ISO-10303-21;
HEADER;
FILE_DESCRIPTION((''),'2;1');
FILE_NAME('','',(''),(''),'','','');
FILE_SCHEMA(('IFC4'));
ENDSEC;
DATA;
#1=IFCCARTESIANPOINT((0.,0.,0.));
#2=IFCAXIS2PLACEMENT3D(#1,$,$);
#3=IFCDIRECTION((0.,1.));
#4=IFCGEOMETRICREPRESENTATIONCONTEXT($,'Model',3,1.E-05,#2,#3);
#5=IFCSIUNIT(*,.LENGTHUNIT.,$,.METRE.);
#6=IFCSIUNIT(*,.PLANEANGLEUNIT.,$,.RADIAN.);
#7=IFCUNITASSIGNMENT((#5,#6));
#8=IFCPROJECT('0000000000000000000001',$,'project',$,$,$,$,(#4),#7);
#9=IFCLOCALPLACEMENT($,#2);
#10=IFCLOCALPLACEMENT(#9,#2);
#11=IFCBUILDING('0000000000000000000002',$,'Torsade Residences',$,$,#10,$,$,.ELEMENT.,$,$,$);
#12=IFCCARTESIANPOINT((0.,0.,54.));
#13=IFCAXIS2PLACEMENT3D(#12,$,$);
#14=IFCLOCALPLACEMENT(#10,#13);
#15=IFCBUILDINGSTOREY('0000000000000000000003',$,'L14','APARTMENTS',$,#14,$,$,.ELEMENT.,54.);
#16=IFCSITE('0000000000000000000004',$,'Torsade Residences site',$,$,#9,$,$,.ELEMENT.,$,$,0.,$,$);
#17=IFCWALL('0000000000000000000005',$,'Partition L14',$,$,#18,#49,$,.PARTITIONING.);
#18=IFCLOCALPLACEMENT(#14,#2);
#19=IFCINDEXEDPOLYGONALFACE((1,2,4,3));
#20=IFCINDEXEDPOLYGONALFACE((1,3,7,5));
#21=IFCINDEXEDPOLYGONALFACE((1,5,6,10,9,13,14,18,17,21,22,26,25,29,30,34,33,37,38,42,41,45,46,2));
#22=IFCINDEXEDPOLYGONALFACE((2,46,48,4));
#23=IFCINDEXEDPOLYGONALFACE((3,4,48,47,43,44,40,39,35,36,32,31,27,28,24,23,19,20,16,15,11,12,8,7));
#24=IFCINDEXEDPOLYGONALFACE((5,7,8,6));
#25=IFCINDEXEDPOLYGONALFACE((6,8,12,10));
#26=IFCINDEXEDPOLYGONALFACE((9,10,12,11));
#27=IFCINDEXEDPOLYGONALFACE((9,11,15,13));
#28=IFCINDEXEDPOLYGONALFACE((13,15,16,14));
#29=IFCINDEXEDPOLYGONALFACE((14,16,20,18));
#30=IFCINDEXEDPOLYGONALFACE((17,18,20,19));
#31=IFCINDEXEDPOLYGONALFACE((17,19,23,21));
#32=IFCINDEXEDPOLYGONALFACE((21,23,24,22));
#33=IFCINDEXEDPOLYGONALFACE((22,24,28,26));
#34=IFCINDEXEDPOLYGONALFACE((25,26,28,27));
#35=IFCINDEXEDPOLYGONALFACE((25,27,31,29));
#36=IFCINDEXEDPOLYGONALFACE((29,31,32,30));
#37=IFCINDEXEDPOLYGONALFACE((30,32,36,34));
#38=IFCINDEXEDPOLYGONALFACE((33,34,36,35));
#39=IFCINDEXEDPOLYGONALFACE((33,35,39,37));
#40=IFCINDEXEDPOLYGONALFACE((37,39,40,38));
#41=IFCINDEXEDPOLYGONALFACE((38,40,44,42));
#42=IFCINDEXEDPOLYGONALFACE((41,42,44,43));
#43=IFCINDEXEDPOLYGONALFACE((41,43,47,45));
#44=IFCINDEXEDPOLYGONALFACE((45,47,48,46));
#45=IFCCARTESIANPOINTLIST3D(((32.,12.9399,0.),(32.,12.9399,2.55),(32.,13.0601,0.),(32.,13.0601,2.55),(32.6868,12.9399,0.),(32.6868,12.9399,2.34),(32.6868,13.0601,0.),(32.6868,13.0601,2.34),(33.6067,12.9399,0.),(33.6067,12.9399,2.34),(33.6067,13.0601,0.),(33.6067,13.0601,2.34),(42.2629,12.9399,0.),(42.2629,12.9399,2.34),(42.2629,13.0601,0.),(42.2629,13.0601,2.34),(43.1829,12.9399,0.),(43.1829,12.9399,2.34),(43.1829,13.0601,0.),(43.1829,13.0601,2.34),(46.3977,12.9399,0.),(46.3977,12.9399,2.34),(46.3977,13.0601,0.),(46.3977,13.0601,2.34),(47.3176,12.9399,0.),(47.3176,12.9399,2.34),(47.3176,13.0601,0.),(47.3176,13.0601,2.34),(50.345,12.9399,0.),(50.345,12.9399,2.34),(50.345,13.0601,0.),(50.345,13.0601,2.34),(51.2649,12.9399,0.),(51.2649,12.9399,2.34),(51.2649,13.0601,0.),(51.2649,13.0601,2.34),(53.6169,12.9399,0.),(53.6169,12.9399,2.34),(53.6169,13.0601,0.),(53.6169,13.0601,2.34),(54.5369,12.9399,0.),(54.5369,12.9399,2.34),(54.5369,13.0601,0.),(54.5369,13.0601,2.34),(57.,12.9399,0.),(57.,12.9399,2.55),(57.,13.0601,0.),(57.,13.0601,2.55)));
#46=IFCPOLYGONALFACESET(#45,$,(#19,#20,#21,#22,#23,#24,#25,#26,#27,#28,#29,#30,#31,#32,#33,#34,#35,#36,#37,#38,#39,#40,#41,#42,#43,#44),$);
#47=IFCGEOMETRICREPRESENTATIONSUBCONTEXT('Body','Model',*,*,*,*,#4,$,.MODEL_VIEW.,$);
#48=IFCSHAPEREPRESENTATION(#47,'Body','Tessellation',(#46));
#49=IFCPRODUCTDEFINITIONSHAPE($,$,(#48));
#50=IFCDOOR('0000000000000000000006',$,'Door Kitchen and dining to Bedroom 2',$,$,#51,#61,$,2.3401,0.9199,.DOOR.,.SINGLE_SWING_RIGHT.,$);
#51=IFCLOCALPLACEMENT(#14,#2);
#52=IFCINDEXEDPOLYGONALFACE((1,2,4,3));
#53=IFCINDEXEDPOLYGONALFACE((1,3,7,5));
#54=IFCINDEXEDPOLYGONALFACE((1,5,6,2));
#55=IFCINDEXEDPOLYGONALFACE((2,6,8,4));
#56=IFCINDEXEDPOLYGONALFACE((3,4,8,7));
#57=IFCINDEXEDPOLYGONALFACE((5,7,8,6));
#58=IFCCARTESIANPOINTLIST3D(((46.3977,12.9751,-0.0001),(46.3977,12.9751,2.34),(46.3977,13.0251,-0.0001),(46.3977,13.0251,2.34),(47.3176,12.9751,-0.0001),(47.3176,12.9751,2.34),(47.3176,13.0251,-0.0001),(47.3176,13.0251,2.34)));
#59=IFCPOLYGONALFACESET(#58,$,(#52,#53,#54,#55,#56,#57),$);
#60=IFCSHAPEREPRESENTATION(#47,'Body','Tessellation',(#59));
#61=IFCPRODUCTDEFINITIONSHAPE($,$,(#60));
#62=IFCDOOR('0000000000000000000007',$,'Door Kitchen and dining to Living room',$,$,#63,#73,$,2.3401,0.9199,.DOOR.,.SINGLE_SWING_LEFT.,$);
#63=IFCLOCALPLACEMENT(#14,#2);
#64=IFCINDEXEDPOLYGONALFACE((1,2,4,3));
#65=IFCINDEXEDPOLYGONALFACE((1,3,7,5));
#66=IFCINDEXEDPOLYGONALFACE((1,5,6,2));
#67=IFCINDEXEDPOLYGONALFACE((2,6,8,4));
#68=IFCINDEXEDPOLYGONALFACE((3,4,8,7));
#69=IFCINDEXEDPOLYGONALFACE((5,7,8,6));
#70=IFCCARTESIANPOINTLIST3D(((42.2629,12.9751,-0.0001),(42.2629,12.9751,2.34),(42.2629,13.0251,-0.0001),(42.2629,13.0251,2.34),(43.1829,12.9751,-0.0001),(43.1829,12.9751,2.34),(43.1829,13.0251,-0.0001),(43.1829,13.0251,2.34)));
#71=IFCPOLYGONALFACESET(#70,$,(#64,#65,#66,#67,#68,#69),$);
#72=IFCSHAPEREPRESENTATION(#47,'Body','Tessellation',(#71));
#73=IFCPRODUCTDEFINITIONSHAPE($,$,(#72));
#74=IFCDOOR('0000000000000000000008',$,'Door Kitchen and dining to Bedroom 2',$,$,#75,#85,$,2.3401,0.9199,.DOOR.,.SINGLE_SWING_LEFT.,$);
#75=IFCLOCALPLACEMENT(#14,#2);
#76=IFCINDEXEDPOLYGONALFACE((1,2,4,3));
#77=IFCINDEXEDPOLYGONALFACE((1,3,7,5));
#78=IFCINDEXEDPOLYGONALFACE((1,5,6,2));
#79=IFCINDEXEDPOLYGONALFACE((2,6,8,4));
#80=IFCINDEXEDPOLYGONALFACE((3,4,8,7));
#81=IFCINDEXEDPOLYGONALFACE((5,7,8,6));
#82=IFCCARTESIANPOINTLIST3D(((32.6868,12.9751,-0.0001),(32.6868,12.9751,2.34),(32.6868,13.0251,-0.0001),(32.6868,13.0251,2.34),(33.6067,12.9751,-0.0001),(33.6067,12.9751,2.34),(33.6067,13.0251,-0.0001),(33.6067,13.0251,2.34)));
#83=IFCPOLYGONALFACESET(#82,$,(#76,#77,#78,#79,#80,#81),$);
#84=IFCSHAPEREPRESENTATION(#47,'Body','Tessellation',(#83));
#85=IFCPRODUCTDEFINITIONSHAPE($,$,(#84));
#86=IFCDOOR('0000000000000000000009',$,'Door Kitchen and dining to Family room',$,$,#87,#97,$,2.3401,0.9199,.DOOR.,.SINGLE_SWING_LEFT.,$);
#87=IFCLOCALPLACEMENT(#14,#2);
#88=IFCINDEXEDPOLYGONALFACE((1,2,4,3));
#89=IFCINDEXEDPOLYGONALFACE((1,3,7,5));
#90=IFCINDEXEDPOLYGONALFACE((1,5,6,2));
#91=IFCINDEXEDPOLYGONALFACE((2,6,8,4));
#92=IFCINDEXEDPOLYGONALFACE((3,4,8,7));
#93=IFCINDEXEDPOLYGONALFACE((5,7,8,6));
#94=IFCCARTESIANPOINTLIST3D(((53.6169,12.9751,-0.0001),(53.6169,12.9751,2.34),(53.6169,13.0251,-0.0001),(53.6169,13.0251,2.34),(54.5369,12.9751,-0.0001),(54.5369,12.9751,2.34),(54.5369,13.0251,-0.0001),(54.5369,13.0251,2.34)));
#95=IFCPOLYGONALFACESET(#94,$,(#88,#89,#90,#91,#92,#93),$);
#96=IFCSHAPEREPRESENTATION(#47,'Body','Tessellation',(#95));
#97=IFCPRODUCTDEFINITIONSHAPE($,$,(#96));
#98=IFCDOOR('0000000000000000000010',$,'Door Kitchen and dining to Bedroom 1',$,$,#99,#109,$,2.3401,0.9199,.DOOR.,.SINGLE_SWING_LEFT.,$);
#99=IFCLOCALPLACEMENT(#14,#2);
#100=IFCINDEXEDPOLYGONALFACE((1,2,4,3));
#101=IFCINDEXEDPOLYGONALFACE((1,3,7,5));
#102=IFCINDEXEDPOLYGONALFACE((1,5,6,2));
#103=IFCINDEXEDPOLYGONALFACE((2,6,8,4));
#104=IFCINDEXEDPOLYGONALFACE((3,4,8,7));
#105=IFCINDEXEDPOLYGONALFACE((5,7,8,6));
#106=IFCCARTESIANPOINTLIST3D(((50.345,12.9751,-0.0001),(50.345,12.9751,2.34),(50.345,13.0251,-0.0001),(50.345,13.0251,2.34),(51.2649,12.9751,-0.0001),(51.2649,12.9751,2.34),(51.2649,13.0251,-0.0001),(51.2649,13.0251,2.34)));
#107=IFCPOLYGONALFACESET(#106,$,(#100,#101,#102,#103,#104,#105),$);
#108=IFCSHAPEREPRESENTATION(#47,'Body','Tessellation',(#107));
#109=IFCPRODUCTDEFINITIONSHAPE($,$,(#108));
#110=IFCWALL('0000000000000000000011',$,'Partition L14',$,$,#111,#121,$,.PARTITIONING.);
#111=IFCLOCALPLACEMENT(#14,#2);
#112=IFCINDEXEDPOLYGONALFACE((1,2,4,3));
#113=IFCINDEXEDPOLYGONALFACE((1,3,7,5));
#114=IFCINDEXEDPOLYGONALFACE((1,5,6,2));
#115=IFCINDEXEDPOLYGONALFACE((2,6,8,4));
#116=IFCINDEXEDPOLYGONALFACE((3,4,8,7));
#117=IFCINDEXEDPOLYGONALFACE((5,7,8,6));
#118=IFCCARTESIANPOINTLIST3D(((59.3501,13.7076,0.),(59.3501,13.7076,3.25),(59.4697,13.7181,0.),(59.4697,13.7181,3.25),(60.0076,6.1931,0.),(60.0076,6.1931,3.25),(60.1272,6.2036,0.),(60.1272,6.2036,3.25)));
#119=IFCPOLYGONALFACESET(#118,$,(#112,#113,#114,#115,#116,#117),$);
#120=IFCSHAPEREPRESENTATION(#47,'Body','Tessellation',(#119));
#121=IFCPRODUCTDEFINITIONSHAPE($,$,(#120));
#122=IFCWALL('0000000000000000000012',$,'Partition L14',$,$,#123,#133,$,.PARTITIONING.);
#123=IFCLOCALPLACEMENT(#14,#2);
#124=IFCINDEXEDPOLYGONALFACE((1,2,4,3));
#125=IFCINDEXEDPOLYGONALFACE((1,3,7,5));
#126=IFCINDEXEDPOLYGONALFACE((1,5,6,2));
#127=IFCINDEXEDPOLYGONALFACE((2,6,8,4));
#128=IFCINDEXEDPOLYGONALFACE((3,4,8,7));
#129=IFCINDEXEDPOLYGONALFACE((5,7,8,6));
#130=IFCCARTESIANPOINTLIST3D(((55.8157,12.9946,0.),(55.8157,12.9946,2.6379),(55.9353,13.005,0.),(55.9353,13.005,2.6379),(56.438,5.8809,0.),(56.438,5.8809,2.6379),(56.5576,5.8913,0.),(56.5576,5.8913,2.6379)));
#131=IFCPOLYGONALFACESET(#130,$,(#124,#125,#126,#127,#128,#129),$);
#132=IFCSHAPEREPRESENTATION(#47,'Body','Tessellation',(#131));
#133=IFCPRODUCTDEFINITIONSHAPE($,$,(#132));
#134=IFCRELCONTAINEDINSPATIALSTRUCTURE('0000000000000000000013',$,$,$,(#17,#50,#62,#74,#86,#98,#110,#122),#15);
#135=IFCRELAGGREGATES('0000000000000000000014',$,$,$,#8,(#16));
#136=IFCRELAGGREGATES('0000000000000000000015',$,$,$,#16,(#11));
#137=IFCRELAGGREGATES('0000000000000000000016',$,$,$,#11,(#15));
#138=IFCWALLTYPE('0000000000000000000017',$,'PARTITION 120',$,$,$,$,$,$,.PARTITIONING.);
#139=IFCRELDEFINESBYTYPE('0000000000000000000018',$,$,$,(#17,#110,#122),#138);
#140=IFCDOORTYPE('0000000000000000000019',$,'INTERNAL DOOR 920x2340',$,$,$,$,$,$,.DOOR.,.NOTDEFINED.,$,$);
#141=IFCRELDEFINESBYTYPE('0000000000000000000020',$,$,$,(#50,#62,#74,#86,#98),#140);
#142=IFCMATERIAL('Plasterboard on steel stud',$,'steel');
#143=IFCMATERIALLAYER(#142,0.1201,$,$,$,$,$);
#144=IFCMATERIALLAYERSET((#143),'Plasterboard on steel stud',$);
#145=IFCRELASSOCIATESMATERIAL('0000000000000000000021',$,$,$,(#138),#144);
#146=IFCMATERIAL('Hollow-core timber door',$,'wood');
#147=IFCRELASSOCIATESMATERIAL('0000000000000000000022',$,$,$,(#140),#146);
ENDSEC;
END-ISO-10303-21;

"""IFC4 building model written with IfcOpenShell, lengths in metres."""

from ifc_helpers import new_model, si_unit, direction, frame, frame_2d, origin, place, context, subcontext, project, spatial, rectangle, extrude, material, layer, layer_set, type_object, element, fill, save


model = new_model("IFC4")

# Units and contexts
model_context = context("Model", 3, precision=1e-05, world=origin(), true_north=direction((0.0, 1.0)))
body_context = subcontext(model_context, "Body", "Model", "MODEL_VIEW")
ifc_project = project(units=[si_unit("LENGTHUNIT", "METRE"), si_unit("PLANEANGLEUNIT", "RADIAN")], contexts=[model_context])

# Site, building, storey
site_placement = place(None, origin())
site = spatial("IfcSite", under=ifc_project, at=site_placement, Name="Torsade Residences site", CompositionType="ELEMENT", RefElevation=0.0)
building_placement = place(site_placement, origin())
building = spatial("IfcBuilding", under=site, at=building_placement, Name="Torsade Residences", CompositionType="ELEMENT")
storey_placement = place(building_placement, frame((0.0, 0.0, 54.0)))
storey = spatial("IfcBuildingStorey", under=building, at=storey_placement, Name="L14", Description="APARTMENTS", CompositionType="ELEMENT", Elevation=54.0)

# Wall, openings, doors
ifc_material_1 = material(Name="Plasterboard on steel stud", Category="steel")
ifc_layer_1 = layer(ifc_material_1, 0.1201)
ifc_layer_set_1 = layer_set([ifc_layer_1], Name="Plasterboard on steel stud")
wall_type = type_object("IfcWallType", Name="PARTITION 120", PredefinedType="PARTITIONING", material=ifc_layer_set_1)
wall_1_placement = place(storey_placement, frame((57.0, 13.0, 0.0), z_axis=(0.0, 0.0, 1.0), x_axis=(-1.0, 0.0, 0.0)))
wall_1 = element("IfcWall", 1, at=wall_1_placement, inside=storey, type_object=wall_type, Name="Partition L14", PredefinedType="PARTITIONING", context=body_context, shape_type="SweptSolid", body=[
    extrude(rectangle(XDim=25.0, YDim=0.1201, at=frame_2d((12.5, 0.0))), origin(), (0.0, 0.0, 1.0), 2.55),
])
opening_1_placement = place(wall_1_placement, frame((9.6824, 0.0, 0.0)))
opening_1 = element("IfcOpeningElement", 2, at=opening_1_placement, cuts=wall_1, PredefinedType="OPENING", context=body_context, shape_type="SweptSolid", body=[
    extrude(rectangle(XDim=0.9199, YDim=2.3401, at=frame_2d((0.46, 1.1699))), frame((0.0, 0.0701, 0.0), z_axis=(0.0, -1.0, 0.0), x_axis=(1.0, 0.0, 0.0)), (0.0, 0.0, 1.0), 0.1401),
])
opening_2_placement = place(wall_1_placement, frame((13.8171, 0.0, 0.0)))
opening_2 = element("IfcOpeningElement", 3, at=opening_2_placement, cuts=wall_1, PredefinedType="OPENING", context=body_context, shape_type="SweptSolid", body=[
    extrude(rectangle(XDim=0.9199, YDim=2.3401, at=frame_2d((0.46, 1.1699))), frame((0.0, 0.0701, 0.0), z_axis=(0.0, -1.0, 0.0), x_axis=(1.0, 0.0, 0.0)), (0.0, 0.0, 1.0), 0.1401),
])
opening_3_placement = place(wall_1_placement, frame((23.3933, 0.0, 0.0)))
opening_3 = element("IfcOpeningElement", 4, at=opening_3_placement, cuts=wall_1, PredefinedType="OPENING", context=body_context, shape_type="SweptSolid", body=[
    extrude(rectangle(XDim=0.9199, YDim=2.3401, at=frame_2d((0.46, 1.1699))), frame((0.0, 0.0701, 0.0), z_axis=(0.0, -1.0, 0.0), x_axis=(1.0, 0.0, 0.0)), (0.0, 0.0, 1.0), 0.1401),
])
opening_4_placement = place(wall_1_placement, frame((2.4631, 0.0, 0.0)))
opening_4 = element("IfcOpeningElement", 5, at=opening_4_placement, cuts=wall_1, PredefinedType="OPENING", context=body_context, shape_type="SweptSolid", body=[
    extrude(rectangle(XDim=0.9199, YDim=2.3401, at=frame_2d((0.46, 1.1699))), frame((0.0, 0.0701, 0.0), z_axis=(0.0, -1.0, 0.0), x_axis=(1.0, 0.0, 0.0)), (0.0, 0.0, 1.0), 0.1401),
])
opening_5_placement = place(wall_1_placement, frame((5.7351, 0.0, 0.0)))
opening_5 = element("IfcOpeningElement", 6, at=opening_5_placement, cuts=wall_1, PredefinedType="OPENING", context=body_context, shape_type="SweptSolid", body=[
    extrude(rectangle(XDim=0.9199, YDim=2.3401, at=frame_2d((0.46, 1.1699))), frame((0.0, 0.0701, 0.0), z_axis=(0.0, -1.0, 0.0), x_axis=(1.0, 0.0, 0.0)), (0.0, 0.0, 1.0), 0.1401),
])
ifc_material_2 = material(Name="Hollow-core timber door", Category="wood")
door_type = type_object("IfcDoorType", Name="INTERNAL DOOR 920x2340", OperationType="NOTDEFINED", PredefinedType="DOOR", material=ifc_material_2)
door_1_placement = place(opening_1_placement, origin())
door_1 = element("IfcDoor", 7, at=door_1_placement, inside=storey, type_object=door_type, Name="Door Kitchen and dining to Bedroom 2", OperationType="SINGLE_SWING_RIGHT", OverallHeight=2.3401, OverallWidth=0.9199, PredefinedType="DOOR", context=body_context, shape_type="SweptSolid", body=[
    extrude(rectangle(XDim=0.9199, YDim=2.3401, at=frame_2d((0.46, 1.1699))), frame((0.0, 0.0249, 0.0), z_axis=(0.0, -1.0, 0.0), x_axis=(1.0, 0.0, 0.0)), (0.0, 0.0, 1.0), 0.05),
])
fill(opening_1, door_1)
door_2_placement = place(opening_2_placement, origin())
door_2 = element("IfcDoor", 8, at=door_2_placement, inside=storey, type_object=door_type, Name="Door Kitchen and dining to Living room", OperationType="SINGLE_SWING_LEFT", OverallHeight=2.3401, OverallWidth=0.9199, PredefinedType="DOOR", context=body_context, shape_type="SweptSolid", body=[
    extrude(rectangle(XDim=0.9199, YDim=2.3401, at=frame_2d((0.46, 1.1699))), frame((0.0, 0.0249, 0.0), z_axis=(0.0, -1.0, 0.0), x_axis=(1.0, 0.0, 0.0)), (0.0, 0.0, 1.0), 0.05),
])
fill(opening_2, door_2)
door_3_placement = place(opening_3_placement, origin())
door_3 = element("IfcDoor", 9, at=door_3_placement, inside=storey, type_object=door_type, Name="Door Kitchen and dining to Bedroom 2", OperationType="SINGLE_SWING_LEFT", OverallHeight=2.3401, OverallWidth=0.9199, PredefinedType="DOOR", context=body_context, shape_type="SweptSolid", body=[
    extrude(rectangle(XDim=0.9199, YDim=2.3401, at=frame_2d((0.46, 1.1699))), frame((0.0, 0.0249, 0.0), z_axis=(0.0, -1.0, 0.0), x_axis=(1.0, 0.0, 0.0)), (0.0, 0.0, 1.0), 0.05),
])
fill(opening_3, door_3)
door_4_placement = place(opening_4_placement, origin())
door_4 = element("IfcDoor", 10, at=door_4_placement, inside=storey, type_object=door_type, Name="Door Kitchen and dining to Family room", OperationType="SINGLE_SWING_LEFT", OverallHeight=2.3401, OverallWidth=0.9199, PredefinedType="DOOR", context=body_context, shape_type="SweptSolid", body=[
    extrude(rectangle(XDim=0.9199, YDim=2.3401, at=frame_2d((0.46, 1.1699))), frame((0.0, 0.0249, 0.0), z_axis=(0.0, -1.0, 0.0), x_axis=(1.0, 0.0, 0.0)), (0.0, 0.0, 1.0), 0.05),
])
fill(opening_4, door_4)
door_5_placement = place(opening_5_placement, origin())
door_5 = element("IfcDoor", 11, at=door_5_placement, inside=storey, type_object=door_type, Name="Door Kitchen and dining to Bedroom 1", OperationType="SINGLE_SWING_LEFT", OverallHeight=2.3401, OverallWidth=0.9199, PredefinedType="DOOR", context=body_context, shape_type="SweptSolid", body=[
    extrude(rectangle(XDim=0.9199, YDim=2.3401, at=frame_2d((0.46, 1.1699))), frame((0.0, 0.0249, 0.0), z_axis=(0.0, -1.0, 0.0), x_axis=(1.0, 0.0, 0.0)), (0.0, 0.0, 1.0), 0.05),
])
fill(opening_5, door_5)

# Walls
wall_2_placement = place(storey_placement, frame((60.0674, 6.1985, 0.0), z_axis=(0.0, 0.0, 1.0), x_axis=(-0.087162, 0.996194, 0.0)))
element("IfcWall", 12, at=wall_2_placement, inside=storey, type_object=wall_type, Name="Partition L14", PredefinedType="PARTITIONING", context=body_context, shape_type="SweptSolid", body=[
    extrude(rectangle(XDim=7.5432, YDim=0.1201, at=frame_2d((3.7715, 0.0))), origin(), (0.0, 0.0, 1.0), 3.25),
])
wall_3_placement = place(storey_placement, frame((56.4978, 5.8862, 0.0), z_axis=(0.0, 0.0, 1.0), x_axis=(-0.087147, 0.996195, 0.0)))
element("IfcWall", 13, at=wall_3_placement, inside=storey, type_object=wall_type, Name="Partition L14", PredefinedType="PARTITIONING", context=body_context, shape_type="SweptSolid", body=[
    extrude(rectangle(XDim=7.1409, YDim=0.1201, at=frame_2d((3.5703, 0.0))), origin(), (0.0, 0.0, 1.0), 2.6379),
])

save(model, "model.ifc")
